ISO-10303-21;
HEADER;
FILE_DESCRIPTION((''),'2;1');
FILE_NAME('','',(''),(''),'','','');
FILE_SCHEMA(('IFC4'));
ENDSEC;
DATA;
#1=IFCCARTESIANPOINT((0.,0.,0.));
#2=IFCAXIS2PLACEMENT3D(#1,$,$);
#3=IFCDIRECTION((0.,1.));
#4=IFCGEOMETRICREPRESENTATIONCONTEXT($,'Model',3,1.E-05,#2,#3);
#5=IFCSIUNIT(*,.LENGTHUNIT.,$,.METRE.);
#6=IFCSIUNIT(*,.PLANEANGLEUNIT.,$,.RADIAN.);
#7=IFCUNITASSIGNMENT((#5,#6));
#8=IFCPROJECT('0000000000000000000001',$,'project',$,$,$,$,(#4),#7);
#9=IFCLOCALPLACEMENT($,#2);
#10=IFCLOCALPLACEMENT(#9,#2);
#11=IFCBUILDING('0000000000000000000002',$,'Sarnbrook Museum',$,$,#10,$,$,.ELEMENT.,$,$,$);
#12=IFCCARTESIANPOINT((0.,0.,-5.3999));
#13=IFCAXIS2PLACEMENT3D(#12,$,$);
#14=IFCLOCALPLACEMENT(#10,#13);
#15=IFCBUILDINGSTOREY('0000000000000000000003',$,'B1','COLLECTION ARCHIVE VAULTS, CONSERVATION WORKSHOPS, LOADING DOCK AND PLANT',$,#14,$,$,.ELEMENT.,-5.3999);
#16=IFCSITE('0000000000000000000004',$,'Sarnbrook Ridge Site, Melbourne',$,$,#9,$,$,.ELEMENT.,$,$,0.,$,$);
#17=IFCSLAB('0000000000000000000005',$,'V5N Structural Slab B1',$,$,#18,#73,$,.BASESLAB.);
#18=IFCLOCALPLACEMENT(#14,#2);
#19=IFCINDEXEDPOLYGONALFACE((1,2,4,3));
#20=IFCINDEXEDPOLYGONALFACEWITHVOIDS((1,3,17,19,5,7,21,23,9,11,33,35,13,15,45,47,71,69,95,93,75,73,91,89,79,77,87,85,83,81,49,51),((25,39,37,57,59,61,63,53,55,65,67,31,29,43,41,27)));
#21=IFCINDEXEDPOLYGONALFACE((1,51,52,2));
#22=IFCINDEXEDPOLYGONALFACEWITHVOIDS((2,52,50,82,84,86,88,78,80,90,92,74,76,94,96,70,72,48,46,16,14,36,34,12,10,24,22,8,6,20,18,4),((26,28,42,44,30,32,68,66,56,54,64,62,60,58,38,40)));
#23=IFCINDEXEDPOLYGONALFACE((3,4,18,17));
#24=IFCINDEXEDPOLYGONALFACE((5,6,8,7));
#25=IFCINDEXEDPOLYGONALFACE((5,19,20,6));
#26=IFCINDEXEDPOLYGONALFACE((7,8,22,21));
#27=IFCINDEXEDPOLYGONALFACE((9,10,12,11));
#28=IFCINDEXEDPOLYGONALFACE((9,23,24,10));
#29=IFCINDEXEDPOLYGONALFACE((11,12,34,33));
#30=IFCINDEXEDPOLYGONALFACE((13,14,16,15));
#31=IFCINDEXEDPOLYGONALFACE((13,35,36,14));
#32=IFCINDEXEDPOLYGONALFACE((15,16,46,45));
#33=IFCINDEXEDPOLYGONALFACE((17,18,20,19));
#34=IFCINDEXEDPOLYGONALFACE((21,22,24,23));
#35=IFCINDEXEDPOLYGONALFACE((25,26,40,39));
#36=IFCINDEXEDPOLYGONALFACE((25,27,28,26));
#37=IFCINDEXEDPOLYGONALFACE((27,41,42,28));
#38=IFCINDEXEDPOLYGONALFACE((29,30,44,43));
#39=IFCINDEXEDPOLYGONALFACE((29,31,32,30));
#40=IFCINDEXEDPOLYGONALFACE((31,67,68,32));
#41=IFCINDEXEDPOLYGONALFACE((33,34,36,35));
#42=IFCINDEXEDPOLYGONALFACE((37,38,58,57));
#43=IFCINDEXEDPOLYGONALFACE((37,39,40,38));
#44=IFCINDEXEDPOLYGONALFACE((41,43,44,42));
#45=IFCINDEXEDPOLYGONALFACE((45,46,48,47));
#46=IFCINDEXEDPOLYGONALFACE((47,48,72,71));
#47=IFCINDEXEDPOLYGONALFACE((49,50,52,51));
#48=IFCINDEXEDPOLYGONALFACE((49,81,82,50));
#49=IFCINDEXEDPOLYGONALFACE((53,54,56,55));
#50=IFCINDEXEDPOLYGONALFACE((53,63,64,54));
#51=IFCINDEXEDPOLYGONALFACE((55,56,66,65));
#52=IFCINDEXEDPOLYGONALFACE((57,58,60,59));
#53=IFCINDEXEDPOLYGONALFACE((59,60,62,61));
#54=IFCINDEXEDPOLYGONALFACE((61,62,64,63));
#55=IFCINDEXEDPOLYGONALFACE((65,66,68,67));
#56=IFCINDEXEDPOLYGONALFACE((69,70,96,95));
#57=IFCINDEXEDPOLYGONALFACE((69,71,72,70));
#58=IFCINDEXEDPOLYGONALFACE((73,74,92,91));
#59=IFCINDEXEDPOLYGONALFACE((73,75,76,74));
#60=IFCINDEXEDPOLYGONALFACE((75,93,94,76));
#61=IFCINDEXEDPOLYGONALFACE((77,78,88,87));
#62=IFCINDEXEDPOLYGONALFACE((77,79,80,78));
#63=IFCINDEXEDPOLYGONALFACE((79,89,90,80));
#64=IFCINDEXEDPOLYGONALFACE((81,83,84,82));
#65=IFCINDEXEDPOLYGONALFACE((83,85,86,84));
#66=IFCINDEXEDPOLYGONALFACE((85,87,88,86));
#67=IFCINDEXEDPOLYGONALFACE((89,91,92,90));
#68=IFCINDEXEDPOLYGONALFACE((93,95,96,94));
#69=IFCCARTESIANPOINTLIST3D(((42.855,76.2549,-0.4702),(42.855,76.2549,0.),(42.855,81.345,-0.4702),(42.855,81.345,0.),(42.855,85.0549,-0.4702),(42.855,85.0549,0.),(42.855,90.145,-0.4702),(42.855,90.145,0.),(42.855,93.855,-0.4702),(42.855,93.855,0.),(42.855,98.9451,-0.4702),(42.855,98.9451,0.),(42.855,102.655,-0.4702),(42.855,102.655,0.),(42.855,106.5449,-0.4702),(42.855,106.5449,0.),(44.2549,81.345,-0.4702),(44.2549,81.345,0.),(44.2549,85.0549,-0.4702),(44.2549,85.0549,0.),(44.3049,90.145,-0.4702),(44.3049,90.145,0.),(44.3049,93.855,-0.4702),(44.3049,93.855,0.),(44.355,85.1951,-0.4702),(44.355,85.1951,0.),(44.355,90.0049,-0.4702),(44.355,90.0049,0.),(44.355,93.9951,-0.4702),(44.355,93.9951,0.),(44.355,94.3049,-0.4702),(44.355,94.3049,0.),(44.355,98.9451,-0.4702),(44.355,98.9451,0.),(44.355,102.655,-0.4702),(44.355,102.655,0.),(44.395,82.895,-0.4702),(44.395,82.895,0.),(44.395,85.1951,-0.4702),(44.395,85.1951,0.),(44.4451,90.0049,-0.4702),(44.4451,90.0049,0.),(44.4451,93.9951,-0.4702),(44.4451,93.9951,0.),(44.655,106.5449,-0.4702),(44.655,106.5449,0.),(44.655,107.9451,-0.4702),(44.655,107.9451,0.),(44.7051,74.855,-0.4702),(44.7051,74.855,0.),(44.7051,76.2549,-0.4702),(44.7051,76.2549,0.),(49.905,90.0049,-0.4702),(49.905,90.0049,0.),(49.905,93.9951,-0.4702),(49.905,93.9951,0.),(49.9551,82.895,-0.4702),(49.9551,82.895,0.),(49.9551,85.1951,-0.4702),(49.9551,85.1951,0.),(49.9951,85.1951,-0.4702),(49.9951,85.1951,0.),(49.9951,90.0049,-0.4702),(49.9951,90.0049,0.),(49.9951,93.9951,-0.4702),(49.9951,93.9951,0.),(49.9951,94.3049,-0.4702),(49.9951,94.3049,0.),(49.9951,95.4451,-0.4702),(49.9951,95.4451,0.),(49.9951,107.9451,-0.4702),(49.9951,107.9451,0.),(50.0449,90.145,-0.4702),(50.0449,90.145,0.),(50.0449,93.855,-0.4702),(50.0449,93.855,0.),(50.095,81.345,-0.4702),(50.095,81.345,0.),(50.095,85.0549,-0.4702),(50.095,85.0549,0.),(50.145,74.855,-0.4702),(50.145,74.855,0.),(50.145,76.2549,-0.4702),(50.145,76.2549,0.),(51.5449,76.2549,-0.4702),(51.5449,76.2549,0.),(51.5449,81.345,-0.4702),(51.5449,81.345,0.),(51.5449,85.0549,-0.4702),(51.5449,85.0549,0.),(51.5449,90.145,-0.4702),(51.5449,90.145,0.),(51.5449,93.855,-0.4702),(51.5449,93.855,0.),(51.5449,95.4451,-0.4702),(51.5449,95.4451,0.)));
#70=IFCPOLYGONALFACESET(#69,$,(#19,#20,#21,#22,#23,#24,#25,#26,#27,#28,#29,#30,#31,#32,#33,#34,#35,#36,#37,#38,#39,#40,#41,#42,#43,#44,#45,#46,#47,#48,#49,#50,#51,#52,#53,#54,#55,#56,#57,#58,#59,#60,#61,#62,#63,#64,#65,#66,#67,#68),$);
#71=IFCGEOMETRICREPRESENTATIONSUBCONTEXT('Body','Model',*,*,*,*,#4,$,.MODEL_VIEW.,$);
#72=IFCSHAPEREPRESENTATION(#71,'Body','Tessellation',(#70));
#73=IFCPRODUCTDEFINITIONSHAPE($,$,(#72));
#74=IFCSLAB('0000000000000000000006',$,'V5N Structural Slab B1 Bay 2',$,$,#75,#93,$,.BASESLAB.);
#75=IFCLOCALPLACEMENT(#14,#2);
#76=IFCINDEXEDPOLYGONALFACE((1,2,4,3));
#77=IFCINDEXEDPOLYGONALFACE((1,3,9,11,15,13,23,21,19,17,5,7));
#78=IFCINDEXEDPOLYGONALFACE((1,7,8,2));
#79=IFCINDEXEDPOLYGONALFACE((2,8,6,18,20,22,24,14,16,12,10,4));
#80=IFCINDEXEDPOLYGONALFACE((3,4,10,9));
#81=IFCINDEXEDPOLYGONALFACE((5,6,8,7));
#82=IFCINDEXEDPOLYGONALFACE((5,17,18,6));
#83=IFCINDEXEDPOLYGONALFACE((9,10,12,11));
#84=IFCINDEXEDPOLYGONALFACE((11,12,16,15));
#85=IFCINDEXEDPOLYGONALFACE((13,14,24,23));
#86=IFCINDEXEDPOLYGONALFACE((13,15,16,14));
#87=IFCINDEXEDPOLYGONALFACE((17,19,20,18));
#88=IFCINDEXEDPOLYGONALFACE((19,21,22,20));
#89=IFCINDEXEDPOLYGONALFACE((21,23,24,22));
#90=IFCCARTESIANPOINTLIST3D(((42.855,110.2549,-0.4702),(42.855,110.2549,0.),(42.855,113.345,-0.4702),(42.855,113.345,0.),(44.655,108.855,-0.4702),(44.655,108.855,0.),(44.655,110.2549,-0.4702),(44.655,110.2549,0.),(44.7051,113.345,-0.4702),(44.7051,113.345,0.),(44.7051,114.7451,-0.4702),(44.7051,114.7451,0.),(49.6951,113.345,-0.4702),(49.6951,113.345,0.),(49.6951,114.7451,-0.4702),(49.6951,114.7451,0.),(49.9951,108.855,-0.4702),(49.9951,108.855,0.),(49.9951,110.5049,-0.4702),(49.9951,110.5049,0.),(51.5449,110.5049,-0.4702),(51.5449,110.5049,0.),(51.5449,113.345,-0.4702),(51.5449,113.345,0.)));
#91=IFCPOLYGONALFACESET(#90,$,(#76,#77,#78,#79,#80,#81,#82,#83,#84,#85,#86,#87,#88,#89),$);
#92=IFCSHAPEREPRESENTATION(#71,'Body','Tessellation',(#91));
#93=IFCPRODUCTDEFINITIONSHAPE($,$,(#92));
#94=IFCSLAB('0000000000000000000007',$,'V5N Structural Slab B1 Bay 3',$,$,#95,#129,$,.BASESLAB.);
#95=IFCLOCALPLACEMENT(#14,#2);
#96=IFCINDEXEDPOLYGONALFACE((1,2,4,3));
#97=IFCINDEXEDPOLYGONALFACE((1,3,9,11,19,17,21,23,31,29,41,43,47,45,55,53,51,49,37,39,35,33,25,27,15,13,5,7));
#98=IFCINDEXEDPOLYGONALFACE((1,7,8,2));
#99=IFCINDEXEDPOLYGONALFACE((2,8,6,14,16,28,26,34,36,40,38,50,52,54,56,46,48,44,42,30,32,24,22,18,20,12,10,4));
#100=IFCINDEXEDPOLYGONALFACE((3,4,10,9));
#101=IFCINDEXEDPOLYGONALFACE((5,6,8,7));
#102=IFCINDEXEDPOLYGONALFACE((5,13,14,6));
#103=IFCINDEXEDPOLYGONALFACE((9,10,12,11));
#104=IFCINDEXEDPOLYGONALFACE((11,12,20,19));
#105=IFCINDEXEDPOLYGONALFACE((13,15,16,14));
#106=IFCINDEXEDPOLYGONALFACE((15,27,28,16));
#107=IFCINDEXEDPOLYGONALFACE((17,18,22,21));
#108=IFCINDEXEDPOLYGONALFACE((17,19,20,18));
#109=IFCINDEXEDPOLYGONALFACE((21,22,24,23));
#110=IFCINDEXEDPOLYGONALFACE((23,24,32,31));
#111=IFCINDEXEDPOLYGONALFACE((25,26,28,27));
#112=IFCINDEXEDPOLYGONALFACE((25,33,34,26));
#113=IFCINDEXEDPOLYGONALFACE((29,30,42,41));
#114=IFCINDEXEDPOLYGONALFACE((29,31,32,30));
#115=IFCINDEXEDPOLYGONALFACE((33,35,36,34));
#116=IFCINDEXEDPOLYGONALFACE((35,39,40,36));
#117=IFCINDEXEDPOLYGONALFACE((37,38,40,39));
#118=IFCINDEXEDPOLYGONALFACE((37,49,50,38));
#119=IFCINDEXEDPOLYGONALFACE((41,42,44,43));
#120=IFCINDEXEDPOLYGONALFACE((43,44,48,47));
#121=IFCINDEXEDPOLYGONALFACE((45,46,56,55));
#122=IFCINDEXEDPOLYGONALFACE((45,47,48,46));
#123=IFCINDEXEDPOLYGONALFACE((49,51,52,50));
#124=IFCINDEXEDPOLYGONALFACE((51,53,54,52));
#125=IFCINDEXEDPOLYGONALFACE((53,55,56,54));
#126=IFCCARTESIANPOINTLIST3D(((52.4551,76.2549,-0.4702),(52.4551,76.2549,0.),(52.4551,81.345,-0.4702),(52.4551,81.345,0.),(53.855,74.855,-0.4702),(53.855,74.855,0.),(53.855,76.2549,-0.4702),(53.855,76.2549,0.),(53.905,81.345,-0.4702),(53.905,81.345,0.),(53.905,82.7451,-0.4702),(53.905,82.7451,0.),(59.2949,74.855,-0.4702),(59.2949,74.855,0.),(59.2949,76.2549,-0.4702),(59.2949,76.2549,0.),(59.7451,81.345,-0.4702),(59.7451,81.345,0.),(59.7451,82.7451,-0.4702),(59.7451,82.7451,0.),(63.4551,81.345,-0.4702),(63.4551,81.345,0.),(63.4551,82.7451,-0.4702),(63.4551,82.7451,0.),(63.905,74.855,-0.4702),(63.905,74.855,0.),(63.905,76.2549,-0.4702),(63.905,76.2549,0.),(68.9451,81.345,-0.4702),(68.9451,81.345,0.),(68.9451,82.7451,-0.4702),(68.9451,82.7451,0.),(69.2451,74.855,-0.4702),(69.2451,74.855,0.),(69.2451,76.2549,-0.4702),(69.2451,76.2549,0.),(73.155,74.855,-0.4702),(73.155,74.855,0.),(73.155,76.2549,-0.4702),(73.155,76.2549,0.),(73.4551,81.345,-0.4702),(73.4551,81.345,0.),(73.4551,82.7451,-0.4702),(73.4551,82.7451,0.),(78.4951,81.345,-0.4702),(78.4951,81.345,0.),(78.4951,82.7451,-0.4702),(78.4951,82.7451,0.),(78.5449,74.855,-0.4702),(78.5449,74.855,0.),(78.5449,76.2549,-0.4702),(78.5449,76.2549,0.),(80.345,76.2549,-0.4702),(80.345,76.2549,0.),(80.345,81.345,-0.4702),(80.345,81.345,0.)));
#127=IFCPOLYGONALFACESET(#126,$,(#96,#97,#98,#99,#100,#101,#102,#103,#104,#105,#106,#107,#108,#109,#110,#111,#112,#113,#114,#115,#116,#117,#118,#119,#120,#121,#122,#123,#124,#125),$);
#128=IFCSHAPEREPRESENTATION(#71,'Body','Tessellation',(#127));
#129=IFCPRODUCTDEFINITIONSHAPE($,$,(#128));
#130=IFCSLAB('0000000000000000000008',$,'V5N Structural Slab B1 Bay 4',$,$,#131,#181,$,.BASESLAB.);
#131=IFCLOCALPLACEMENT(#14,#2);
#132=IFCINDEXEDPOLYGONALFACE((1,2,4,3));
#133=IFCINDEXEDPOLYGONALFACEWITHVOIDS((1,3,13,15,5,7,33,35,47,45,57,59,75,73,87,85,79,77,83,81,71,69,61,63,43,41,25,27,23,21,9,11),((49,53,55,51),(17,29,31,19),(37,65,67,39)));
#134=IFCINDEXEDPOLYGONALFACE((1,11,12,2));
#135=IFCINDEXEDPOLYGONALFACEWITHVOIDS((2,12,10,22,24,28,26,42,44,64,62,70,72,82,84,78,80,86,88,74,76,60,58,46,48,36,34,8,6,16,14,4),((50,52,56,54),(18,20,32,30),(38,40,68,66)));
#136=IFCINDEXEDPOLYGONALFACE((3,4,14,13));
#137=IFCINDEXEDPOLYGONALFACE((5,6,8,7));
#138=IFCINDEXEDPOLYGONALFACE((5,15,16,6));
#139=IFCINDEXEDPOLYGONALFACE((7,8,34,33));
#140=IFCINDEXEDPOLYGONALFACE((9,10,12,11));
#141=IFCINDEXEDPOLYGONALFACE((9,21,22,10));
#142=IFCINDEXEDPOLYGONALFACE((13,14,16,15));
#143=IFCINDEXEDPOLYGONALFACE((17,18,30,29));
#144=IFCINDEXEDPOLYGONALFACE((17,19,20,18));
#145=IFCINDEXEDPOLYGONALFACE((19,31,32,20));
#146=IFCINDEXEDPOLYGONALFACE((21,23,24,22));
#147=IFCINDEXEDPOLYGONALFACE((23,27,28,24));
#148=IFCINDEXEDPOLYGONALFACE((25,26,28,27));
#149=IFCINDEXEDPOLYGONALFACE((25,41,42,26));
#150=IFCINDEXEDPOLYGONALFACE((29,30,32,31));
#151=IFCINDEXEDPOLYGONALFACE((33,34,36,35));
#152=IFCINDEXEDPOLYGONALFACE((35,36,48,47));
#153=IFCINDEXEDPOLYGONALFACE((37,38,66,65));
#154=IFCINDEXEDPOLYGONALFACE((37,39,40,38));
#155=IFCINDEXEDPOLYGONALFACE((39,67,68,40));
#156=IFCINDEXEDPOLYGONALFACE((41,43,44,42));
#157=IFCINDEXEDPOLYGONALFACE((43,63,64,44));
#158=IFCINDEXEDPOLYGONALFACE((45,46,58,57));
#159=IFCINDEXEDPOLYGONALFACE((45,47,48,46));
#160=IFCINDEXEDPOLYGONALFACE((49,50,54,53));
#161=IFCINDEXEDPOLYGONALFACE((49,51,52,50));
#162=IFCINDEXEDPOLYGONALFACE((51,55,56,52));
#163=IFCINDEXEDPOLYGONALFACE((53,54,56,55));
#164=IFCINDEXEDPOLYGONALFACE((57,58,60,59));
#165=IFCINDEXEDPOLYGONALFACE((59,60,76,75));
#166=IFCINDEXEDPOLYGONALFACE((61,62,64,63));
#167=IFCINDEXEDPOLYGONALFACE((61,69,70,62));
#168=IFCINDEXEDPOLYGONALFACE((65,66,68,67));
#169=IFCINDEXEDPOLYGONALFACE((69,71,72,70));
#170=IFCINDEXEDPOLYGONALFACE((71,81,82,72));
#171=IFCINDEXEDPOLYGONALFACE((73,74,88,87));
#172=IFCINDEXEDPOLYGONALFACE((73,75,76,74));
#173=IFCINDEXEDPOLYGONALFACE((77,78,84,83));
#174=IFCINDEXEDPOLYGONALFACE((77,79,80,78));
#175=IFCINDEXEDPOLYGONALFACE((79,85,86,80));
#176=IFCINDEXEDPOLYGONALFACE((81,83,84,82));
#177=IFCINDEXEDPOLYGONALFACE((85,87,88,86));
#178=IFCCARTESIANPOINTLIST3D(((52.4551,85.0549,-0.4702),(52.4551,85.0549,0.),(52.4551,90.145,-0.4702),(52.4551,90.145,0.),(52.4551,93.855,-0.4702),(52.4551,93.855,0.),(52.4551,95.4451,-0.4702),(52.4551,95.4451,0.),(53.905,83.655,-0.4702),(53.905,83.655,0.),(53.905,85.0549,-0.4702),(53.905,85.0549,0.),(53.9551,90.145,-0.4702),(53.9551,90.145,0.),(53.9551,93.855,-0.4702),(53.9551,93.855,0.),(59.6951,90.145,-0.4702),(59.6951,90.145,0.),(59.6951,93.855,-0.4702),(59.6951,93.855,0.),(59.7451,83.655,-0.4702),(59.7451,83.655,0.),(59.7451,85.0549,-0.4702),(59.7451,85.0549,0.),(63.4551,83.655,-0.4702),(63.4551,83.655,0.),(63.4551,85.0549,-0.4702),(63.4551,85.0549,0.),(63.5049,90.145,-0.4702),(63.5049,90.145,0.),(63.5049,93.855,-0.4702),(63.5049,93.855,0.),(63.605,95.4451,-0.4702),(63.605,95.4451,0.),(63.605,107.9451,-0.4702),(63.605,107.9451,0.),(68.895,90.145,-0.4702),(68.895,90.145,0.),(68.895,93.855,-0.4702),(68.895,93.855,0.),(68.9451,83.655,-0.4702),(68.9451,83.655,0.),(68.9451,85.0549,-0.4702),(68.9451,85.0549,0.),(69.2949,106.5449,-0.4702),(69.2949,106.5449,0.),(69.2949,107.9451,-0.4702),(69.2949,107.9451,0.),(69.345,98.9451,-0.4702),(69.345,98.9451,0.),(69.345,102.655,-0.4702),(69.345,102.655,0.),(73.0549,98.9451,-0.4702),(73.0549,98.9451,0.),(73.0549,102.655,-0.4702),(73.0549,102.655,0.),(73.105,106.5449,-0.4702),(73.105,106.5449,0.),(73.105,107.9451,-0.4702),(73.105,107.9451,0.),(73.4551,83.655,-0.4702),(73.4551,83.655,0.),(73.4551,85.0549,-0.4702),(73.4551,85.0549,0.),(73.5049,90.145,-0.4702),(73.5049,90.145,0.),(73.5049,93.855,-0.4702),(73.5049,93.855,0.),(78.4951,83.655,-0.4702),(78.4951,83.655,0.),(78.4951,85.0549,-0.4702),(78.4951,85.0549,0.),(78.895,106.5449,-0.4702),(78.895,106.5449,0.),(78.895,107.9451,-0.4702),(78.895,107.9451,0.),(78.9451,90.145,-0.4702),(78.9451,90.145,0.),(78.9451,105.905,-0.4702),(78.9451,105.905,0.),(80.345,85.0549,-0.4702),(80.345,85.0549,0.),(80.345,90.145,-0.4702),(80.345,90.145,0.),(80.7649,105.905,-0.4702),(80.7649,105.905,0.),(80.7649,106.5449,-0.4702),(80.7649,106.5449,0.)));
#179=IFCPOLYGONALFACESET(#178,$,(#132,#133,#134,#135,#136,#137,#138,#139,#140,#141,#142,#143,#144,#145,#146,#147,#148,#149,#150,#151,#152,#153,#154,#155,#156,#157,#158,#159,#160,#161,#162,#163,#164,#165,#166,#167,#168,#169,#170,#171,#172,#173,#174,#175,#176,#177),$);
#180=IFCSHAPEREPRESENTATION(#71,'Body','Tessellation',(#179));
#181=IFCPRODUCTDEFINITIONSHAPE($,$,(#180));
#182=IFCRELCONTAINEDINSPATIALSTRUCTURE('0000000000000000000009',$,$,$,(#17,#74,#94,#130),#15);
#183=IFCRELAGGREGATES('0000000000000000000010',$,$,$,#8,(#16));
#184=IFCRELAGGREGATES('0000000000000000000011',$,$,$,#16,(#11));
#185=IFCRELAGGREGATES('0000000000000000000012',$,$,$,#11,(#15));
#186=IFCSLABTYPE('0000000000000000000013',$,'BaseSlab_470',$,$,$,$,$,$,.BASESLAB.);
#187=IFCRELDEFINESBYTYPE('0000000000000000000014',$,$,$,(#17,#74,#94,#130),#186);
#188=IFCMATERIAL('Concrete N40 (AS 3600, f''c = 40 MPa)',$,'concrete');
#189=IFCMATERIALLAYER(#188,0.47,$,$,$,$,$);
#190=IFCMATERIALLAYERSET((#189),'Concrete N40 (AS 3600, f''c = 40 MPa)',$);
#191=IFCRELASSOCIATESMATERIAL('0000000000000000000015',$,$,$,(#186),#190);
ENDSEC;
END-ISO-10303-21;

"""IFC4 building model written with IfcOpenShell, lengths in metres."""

from ifc_helpers import new_model, si_unit, direction, frame, origin, place, context, subcontext, project, spatial, polyline, outline, extrude, material, layer, layer_set, type_object, element, save


model = new_model("IFC4")

# Units and contexts
model_context = context("Model", 3, precision=1e-05, world=origin(), true_north=direction((0.0, 1.0)))
body_context = subcontext(model_context, "Body", "Model", "MODEL_VIEW")
ifc_project = project(units=[si_unit("LENGTHUNIT", "METRE"), si_unit("PLANEANGLEUNIT", "RADIAN")], contexts=[model_context])

# Site, building, storey
site_placement = place(None, origin())
site = spatial("IfcSite", under=ifc_project, at=site_placement, Name="Sarnbrook Ridge Site, Melbourne", CompositionType="ELEMENT", RefElevation=0.0)
building_placement = place(site_placement, origin())
building = spatial("IfcBuilding", under=site, at=building_placement, Name="Sarnbrook Museum", CompositionType="ELEMENT")
storey_placement = place(building_placement, frame((0.0, 0.0, -5.3999)))
storey = spatial("IfcBuildingStorey", under=building, at=storey_placement, Name="B1", Description="COLLECTION ARCHIVE VAULTS, CONSERVATION WORKSHOPS, LOADING DOCK AND PLANT", CompositionType="ELEMENT", Elevation=-5.3999)

# Slabs
ifc_material = material(Name="Concrete N40 (AS 3600, f'c = 40 MPa)", Category="concrete")
ifc_layer_1 = layer(ifc_material, 0.47)
ifc_layer_set_1 = layer_set([ifc_layer_1], Name="Concrete N40 (AS 3600, f'c = 40 MPa)")
slab_type_1 = type_object("IfcSlabType", Name="BaseSlab_470", PredefinedType="BASESLAB", material=ifc_layer_set_1)
slab_1_placement = place(storey_placement, frame((0.0, 0.0, -0.4702)))
element("IfcSlab", 1, at=slab_1_placement, inside=storey, type_object=slab_type_1, Name="V5N Structural Slab B1", PredefinedType="BASESLAB", context=body_context, shape_type="SweptSolid", body=[
    extrude(outline(polyline([(44.655, 107.9451), (49.9951, 107.9451), (49.9951, 95.4451), (51.5449, 95.4451), (51.5449, 93.855), (50.0449, 93.855), (50.0449, 90.145), (51.5449, 90.145), (51.5449, 85.0549), (50.095, 85.0549), (50.095, 81.345), (51.5449, 81.345), (51.5449, 76.2549), (50.145, 76.2549), (50.145, 74.855), (44.7051, 74.855), (44.7051, 76.2549), (42.855, 76.2549), (42.855, 81.345), (44.2549, 81.345), (44.2549, 85.0549), (42.855, 85.0549), (42.855, 90.145), (44.3049, 90.145), (44.3049, 93.855), (42.855, 93.855), (42.855, 98.9451), (44.355, 98.9451), (44.355, 102.655), (42.855, 102.655), (42.855, 106.5449), (44.655, 106.5449), (44.655, 107.9451)]), holes=[polyline([(44.355, 94.3049), (49.9951, 94.3049), (49.9951, 93.9951), (49.905, 93.9951), (49.905, 90.0049), (49.9951, 90.0049), (49.9951, 85.1951), (49.9551, 85.1951), (49.9551, 82.895), (44.395, 82.895), (44.395, 85.1951), (44.355, 85.1951), (44.355, 90.0049), (44.4451, 90.0049), (44.4451, 93.9951), (44.355, 93.9951), (44.355, 94.3049)])]), origin(), (0.0, 0.0, 1.0), 0.4702),
])
slab_2_placement = place(storey_placement, frame((0.0, 0.0, -0.4702)))
element("IfcSlab", 2, at=slab_2_placement, inside=storey, type_object=slab_type_1, Name="V5N Structural Slab B1 Bay 2", PredefinedType="BASESLAB", context=body_context, shape_type="SweptSolid", body=[
    extrude(outline(polyline([(44.7051, 114.7451), (49.6951, 114.7451), (49.6951, 113.345), (51.5449, 113.345), (51.5449, 110.5049), (49.9951, 110.5049), (49.9951, 108.855), (44.655, 108.855), (44.655, 110.2549), (42.855, 110.2549), (42.855, 113.345), (44.7051, 113.345), (44.7051, 114.7451)])), origin(), (0.0, 0.0, 1.0), 0.4702),
])
slab_3_placement = place(storey_placement, frame((0.0, 0.0, -0.4702)))
element("IfcSlab", 3, at=slab_3_placement, inside=storey, type_object=slab_type_1, Name="V5N Structural Slab B1 Bay 3", PredefinedType="BASESLAB", context=body_context, shape_type="SweptSolid", body=[
    extrude(outline(polyline([(78.4951, 81.345), (80.345, 81.345), (80.345, 76.2549), (78.5449, 76.2549), (78.5449, 74.855), (73.155, 74.855), (73.155, 76.2549), (69.2451, 76.2549), (69.2451, 74.855), (63.905, 74.855), (63.905, 76.2549), (59.2949, 76.2549), (59.2949, 74.855), (53.855, 74.855), (53.855, 76.2549), (52.4551, 76.2549), (52.4551, 81.345), (53.905, 81.345), (53.905, 82.7451), (59.7451, 82.7451), (59.7451, 81.345), (63.4551, 81.345), (63.4551, 82.7451), (68.9451, 82.7451), (68.9451, 81.345), (73.4551, 81.345), (73.4551, 82.7451), (78.4951, 82.7451), (78.4951, 81.345)])), origin(), (0.0, 0.0, 1.0), 0.4702),
])
slab_4_placement = place(storey_placement, frame((0.0, 0.0, -0.4702)))
element("IfcSlab", 4, at=slab_4_placement, inside=storey, type_object=slab_type_1, Name="V5N Structural Slab B1 Bay 4", PredefinedType="BASESLAB", context=body_context, shape_type="SweptSolid", body=[
    extrude(outline(polyline([(78.9451, 105.905), (78.9451, 90.145), (80.345, 90.145), (80.345, 85.0549), (78.4951, 85.0549), (78.4951, 83.655), (73.4551, 83.655), (73.4551, 85.0549), (68.9451, 85.0549), (68.9451, 83.655), (63.4551, 83.655), (63.4551, 85.0549), (59.7451, 85.0549), (59.7451, 83.655), (53.905, 83.655), (53.905, 85.0549), (52.4551, 85.0549), (52.4551, 90.145), (53.9551, 90.145), (53.9551, 93.855), (52.4551, 93.855), (52.4551, 95.4451), (63.605, 95.4451), (63.605, 107.9451), (69.2949, 107.9451), (69.2949, 106.5449), (73.105, 106.5449), (73.105, 107.9451), (78.895, 107.9451), (78.895, 106.5449), (80.7649, 106.5449), (80.7649, 105.905), (78.9451, 105.905)]), holes=[polyline([(63.5049, 90.145), (59.6951, 90.145), (59.6951, 93.855), (63.5049, 93.855), (63.5049, 90.145)]), polyline([(68.895, 93.855), (73.5049, 93.855), (73.5049, 90.145), (68.895, 90.145), (68.895, 93.855)]), polyline([(69.345, 98.9451), (69.345, 102.655), (73.0549, 102.655), (73.0549, 98.9451), (69.345, 98.9451)])]), origin(), (0.0, 0.0, 1.0), 0.4702),
])

save(model, "model.ifc")
